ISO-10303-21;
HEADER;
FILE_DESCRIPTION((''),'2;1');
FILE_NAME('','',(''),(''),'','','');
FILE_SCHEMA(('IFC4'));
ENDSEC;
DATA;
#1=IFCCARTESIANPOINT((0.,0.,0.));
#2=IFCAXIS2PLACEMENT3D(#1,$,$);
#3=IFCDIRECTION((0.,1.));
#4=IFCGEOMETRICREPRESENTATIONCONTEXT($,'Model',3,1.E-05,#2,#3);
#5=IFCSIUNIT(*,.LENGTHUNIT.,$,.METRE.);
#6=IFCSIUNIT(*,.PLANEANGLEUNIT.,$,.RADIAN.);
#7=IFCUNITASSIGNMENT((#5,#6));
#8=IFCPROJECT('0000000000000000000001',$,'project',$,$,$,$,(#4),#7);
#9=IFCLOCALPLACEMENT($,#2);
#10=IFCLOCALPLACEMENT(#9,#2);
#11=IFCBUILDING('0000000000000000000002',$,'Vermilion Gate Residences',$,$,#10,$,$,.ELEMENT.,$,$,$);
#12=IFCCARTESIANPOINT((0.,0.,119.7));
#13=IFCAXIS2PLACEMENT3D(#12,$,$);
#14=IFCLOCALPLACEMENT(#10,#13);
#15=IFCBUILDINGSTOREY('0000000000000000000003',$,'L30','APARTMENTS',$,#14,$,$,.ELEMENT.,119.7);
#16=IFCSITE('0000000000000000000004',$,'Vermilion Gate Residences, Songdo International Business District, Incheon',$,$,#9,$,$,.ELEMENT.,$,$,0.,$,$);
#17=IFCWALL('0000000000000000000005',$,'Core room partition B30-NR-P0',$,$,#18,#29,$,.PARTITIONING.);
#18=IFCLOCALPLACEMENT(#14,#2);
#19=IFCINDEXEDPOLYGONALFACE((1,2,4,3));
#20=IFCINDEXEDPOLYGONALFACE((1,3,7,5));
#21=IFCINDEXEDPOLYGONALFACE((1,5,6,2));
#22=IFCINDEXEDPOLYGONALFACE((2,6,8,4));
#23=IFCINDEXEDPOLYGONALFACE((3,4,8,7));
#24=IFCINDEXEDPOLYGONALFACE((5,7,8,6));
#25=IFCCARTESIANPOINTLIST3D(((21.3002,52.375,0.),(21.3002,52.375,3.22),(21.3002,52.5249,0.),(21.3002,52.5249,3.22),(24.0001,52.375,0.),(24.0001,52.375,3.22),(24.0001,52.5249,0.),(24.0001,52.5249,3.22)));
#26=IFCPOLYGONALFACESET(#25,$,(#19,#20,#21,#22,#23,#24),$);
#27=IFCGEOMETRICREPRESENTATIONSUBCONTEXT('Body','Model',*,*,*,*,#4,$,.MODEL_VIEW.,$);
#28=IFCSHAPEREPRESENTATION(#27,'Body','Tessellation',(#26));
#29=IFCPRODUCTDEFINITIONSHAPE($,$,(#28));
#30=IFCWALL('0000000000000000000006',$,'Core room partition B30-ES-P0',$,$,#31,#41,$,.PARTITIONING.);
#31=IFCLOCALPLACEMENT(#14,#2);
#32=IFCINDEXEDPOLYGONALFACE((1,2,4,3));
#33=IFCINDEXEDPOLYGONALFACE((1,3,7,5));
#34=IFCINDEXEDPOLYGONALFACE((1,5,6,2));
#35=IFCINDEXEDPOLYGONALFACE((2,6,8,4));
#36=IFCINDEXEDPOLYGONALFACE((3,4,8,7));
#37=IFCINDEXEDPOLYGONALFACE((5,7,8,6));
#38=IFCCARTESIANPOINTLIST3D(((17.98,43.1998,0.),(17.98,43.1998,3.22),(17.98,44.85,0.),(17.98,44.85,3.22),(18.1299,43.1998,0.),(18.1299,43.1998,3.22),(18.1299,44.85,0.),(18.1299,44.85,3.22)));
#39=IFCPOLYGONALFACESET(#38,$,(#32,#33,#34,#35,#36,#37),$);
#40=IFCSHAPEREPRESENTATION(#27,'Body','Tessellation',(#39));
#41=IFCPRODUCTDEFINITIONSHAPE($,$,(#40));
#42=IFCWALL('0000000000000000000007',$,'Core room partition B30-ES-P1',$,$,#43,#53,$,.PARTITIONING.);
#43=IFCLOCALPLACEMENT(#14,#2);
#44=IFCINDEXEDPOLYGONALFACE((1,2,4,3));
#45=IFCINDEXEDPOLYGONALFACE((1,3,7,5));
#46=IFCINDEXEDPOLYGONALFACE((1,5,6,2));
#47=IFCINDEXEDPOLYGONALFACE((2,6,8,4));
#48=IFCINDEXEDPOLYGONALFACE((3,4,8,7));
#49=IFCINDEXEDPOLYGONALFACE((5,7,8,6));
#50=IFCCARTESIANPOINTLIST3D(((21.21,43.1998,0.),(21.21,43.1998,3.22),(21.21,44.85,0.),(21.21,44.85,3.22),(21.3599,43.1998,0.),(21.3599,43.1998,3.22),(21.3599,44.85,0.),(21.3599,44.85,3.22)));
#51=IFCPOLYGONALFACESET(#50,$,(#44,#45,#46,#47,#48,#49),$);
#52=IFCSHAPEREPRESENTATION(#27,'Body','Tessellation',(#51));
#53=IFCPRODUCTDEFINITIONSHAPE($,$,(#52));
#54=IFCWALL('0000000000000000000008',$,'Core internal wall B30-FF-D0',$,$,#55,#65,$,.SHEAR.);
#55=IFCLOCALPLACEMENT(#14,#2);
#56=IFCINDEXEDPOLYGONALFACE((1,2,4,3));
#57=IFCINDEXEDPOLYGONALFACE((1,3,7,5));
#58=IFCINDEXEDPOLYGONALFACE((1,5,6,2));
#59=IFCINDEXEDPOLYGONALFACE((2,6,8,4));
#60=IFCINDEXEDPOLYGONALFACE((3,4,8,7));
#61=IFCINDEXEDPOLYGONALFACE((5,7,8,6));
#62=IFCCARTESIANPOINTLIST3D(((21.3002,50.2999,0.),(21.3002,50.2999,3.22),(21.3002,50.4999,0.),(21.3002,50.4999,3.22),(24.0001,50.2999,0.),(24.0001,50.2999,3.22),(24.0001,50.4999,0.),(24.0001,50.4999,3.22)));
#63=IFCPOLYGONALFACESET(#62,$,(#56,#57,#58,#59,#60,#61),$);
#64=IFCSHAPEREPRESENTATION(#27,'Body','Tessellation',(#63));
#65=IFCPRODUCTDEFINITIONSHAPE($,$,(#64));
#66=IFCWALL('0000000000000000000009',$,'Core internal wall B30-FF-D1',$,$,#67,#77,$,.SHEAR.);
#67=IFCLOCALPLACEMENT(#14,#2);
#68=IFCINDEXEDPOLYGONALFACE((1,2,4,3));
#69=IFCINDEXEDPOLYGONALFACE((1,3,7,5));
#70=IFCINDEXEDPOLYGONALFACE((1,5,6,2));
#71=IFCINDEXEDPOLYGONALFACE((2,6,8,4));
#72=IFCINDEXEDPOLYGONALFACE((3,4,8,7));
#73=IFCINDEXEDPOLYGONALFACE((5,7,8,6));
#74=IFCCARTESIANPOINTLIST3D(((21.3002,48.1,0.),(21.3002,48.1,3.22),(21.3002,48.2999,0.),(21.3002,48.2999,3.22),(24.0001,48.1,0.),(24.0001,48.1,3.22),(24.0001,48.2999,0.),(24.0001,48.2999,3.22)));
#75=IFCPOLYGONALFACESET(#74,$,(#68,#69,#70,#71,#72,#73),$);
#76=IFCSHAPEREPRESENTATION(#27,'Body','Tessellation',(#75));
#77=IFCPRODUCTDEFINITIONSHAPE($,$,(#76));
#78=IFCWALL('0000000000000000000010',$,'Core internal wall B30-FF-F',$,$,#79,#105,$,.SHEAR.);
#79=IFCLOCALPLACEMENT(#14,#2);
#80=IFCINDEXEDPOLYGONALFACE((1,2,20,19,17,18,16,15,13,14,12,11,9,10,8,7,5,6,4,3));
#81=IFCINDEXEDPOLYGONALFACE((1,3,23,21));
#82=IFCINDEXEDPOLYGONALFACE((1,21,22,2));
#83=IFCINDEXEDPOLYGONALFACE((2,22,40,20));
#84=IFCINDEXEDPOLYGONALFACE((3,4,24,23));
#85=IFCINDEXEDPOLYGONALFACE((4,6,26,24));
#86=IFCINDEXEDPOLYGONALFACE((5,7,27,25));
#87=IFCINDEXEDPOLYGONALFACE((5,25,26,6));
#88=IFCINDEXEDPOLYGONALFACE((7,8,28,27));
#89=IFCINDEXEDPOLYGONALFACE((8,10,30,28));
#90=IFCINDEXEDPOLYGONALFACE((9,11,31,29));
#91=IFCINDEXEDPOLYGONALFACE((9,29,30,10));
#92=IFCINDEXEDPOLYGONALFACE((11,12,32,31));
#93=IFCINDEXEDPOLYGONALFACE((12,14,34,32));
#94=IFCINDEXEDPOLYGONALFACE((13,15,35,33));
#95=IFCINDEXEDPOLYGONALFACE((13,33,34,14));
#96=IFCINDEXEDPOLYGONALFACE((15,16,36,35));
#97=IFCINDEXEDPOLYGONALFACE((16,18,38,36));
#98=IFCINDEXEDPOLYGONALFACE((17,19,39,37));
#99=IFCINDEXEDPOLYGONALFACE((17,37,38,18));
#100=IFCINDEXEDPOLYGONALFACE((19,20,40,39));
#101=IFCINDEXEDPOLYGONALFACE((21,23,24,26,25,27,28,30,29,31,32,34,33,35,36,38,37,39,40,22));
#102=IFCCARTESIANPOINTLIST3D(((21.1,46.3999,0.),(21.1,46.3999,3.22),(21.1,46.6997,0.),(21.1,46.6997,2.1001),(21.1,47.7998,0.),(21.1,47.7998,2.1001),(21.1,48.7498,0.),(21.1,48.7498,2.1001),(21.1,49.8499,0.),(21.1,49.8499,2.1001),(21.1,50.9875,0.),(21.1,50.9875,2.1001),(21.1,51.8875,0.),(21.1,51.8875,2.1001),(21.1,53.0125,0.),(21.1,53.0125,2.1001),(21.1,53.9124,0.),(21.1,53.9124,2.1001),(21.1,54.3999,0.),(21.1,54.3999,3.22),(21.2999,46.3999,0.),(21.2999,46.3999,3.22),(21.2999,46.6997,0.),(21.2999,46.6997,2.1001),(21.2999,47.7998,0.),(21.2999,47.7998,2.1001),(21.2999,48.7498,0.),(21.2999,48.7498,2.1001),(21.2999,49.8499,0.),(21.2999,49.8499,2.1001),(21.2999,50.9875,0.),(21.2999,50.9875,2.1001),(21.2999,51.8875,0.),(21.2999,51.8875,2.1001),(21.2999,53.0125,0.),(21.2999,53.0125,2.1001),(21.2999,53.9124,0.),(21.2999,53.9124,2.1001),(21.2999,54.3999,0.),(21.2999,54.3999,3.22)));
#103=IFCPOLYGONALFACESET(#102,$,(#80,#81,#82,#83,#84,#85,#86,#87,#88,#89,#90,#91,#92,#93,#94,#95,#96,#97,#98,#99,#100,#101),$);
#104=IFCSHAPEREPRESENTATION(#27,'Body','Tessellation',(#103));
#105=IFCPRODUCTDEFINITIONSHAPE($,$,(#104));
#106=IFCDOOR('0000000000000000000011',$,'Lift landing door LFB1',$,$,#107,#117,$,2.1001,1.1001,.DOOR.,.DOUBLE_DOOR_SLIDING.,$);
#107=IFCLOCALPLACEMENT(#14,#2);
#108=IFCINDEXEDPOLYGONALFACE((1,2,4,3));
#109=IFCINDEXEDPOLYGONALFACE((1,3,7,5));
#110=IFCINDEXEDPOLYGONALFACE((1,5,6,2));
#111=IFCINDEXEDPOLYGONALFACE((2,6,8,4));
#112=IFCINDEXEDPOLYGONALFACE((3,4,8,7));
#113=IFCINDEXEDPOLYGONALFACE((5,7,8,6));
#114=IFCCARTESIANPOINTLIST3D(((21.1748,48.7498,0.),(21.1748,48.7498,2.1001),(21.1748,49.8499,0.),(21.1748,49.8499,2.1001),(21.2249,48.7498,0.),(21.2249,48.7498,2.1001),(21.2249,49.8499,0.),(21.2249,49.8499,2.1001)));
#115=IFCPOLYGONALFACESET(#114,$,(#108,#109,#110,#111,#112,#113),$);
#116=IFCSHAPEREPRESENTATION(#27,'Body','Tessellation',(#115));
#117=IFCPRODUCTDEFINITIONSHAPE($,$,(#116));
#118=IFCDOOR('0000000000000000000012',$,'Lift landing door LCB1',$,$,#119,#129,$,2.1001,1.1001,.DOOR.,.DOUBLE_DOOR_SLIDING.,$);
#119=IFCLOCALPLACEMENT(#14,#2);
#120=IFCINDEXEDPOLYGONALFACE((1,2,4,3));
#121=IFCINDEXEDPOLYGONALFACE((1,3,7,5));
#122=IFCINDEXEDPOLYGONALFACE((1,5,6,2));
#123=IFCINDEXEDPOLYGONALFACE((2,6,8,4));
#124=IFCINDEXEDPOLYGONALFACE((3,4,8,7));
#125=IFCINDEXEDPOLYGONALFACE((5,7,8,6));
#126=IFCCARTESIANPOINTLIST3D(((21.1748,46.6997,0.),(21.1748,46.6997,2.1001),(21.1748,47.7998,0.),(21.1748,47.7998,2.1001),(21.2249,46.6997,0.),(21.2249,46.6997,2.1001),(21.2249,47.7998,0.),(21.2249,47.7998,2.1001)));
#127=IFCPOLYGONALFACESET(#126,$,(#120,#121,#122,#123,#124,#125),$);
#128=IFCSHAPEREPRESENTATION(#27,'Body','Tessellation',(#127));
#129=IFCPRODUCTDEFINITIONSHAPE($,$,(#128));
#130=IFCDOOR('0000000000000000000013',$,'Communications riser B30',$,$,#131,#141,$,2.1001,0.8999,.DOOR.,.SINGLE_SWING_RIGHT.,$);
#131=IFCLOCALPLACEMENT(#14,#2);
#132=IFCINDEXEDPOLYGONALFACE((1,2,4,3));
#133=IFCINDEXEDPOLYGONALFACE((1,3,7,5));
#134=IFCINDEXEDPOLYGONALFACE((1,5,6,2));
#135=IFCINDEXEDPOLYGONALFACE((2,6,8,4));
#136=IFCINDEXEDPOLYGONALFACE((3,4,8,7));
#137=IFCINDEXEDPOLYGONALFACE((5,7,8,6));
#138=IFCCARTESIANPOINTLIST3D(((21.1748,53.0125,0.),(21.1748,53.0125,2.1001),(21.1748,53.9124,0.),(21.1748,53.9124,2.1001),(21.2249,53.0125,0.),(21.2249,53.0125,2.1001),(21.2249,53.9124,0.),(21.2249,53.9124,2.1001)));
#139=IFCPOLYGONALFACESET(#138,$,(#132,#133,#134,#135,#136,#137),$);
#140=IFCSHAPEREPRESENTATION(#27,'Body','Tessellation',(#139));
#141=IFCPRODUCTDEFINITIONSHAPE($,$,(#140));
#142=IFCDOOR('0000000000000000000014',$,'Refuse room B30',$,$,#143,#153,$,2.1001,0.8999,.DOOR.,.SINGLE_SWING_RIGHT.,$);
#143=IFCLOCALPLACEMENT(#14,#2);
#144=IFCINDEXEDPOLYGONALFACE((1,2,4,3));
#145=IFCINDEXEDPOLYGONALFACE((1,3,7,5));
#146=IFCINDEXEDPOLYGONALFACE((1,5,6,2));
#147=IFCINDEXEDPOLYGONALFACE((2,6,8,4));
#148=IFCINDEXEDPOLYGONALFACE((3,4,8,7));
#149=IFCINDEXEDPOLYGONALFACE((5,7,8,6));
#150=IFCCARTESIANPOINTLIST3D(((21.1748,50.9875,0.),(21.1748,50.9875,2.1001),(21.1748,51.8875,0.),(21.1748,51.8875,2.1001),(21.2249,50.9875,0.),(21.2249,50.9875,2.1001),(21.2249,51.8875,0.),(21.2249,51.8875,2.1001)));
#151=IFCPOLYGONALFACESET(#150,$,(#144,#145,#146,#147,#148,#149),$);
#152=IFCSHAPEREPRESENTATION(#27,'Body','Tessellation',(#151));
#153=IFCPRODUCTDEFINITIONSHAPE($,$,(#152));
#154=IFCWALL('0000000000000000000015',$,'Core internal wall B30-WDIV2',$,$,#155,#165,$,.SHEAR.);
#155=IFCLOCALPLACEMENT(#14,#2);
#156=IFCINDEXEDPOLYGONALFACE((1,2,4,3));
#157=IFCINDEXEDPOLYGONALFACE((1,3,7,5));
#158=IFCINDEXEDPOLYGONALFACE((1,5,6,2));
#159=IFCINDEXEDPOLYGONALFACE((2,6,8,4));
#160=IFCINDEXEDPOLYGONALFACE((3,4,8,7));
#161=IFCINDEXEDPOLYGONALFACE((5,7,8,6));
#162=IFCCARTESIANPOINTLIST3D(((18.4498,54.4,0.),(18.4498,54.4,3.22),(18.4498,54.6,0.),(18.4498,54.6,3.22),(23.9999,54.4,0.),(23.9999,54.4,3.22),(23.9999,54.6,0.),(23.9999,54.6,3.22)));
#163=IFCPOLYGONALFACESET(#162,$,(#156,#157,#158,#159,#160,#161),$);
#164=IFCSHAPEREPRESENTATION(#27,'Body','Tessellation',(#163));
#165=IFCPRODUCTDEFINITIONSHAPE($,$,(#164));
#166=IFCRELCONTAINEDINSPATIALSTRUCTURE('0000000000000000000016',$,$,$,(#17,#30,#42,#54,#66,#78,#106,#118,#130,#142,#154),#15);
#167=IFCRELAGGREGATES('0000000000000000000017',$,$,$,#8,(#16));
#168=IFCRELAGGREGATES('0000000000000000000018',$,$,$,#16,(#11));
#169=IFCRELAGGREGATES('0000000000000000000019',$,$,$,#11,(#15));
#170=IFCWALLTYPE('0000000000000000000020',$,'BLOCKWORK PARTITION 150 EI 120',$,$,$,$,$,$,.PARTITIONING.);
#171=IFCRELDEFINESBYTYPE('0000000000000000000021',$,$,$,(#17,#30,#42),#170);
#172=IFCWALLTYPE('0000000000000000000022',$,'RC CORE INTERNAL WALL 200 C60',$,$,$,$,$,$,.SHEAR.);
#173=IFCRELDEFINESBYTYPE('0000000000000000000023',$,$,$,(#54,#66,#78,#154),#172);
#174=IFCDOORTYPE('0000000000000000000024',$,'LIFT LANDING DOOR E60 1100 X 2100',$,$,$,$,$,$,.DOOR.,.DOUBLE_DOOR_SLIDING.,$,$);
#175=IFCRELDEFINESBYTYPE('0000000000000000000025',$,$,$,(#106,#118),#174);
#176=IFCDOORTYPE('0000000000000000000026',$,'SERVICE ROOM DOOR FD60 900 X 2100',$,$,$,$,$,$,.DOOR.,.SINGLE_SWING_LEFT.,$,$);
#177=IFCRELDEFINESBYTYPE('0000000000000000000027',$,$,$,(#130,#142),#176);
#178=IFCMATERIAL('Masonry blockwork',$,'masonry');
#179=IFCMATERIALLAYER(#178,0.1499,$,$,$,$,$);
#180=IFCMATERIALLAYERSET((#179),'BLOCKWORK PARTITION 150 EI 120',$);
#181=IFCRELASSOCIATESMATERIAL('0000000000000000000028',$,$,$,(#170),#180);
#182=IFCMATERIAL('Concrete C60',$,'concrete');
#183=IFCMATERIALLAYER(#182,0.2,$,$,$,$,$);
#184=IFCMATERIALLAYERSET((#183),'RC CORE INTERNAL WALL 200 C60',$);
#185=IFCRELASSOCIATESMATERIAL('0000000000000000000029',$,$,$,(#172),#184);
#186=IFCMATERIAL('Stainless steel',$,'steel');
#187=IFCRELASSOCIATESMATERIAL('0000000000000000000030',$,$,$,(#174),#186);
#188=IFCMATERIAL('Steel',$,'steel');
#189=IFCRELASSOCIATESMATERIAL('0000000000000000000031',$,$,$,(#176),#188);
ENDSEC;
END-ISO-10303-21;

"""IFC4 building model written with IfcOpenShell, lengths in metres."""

from ifc_helpers import new_model, si_unit, direction, frame, frame_2d, origin, place, context, subcontext, project, spatial, rectangle, extrude, material, layer, layer_set, type_object, element, fill, save


model = new_model("IFC4")

# Units and contexts
model_context = context("Model", 3, precision=1e-05, world=origin(), true_north=direction((0.0, 1.0)))
body_context = subcontext(model_context, "Body", "Model", "MODEL_VIEW")
ifc_project = project(units=[si_unit("LENGTHUNIT", "METRE"), si_unit("PLANEANGLEUNIT", "RADIAN")], contexts=[model_context])

# Site, building, storey
site_placement = place(None, origin())
site = spatial("IfcSite", under=ifc_project, at=site_placement, Name="Vermilion Gate Residences, Songdo International Business District, Incheon", CompositionType="ELEMENT", RefElevation=0.0)
building_placement = place(site_placement, origin())
building = spatial("IfcBuilding", under=site, at=building_placement, Name="Vermilion Gate Residences", CompositionType="ELEMENT")
storey_placement = place(building_placement, frame((0.0, 0.0, 119.7)))
storey = spatial("IfcBuildingStorey", under=building, at=storey_placement, Name="L30", Description="APARTMENTS", CompositionType="ELEMENT", Elevation=119.7)

# Walls
ifc_material_1 = material(Name="Masonry blockwork", Category="masonry")
ifc_layer_1 = layer(ifc_material_1, 0.1499)
ifc_layer_set_1 = layer_set([ifc_layer_1], Name="BLOCKWORK PARTITION 150 EI 120")
wall_type_1 = type_object("IfcWallType", Name="BLOCKWORK PARTITION 150 EI 120", PredefinedType="PARTITIONING", material=ifc_layer_set_1)
wall_1_placement = place(storey_placement, frame((21.3, 52.45, 0.0), z_axis=(0.0, 0.0, 1.0), x_axis=(1.0, 0.0, 0.0)))
element("IfcWall", 1, at=wall_1_placement, inside=storey, type_object=wall_type_1, Name="Core room partition B30-NR-P0", PredefinedType="PARTITIONING", context=body_context, shape_type="SweptSolid", body=[
    extrude(rectangle(XDim=2.7, YDim=0.1499, at=frame_2d((1.3501, 0.0))), origin(), (0.0, 0.0, 1.0), 3.22),
])
for number, where, z_axis, x_axis, name in (
    (2, (18.0549, 44.8501, 0.0), (0.0, 0.0, 1.0), (0.0, -1.0, 0.0), "Core room partition B30-ES-P0"),
    (3, (21.2849, 44.8501, 0.0), (0.0, 0.0, 1.0), (0.0, -1.0, 0.0), "Core room partition B30-ES-P1"),
):
    element("IfcWall", number, at=place(storey_placement, frame(where, z_axis=z_axis, x_axis=x_axis)), inside=storey, type_object=wall_type_1, Name=name, PredefinedType="PARTITIONING", context=body_context, shape_type="SweptSolid", body=[
        extrude(rectangle(XDim=1.6501, YDim=0.1499, at=frame_2d((0.8252, 0.0))), origin(), (0.0, 0.0, 1.0), 3.22),
    ])
ifc_material_2 = material(Name="Concrete C60", Category="concrete")
ifc_layer_2 = layer(ifc_material_2, 0.2)
ifc_layer_set_2 = layer_set([ifc_layer_2], Name="RC CORE INTERNAL WALL 200 C60")
wall_type_2 = type_object("IfcWallType", Name="RC CORE INTERNAL WALL 200 C60", PredefinedType="SHEAR", material=ifc_layer_set_2)
for number, where, z_axis, x_axis, name in (
    (4, (21.3, 50.3999, 0.0), (0.0, 0.0, 1.0), (1.0, 0.0, 0.0), "Core internal wall B30-FF-D0"),
    (5, (21.3, 48.2, 0.0), (0.0, 0.0, 1.0), (1.0, 0.0, 0.0), "Core internal wall B30-FF-D1"),
):
    element("IfcWall", number, at=place(storey_placement, frame(where, z_axis=z_axis, x_axis=x_axis)), inside=storey, type_object=wall_type_2, Name=name, PredefinedType="SHEAR", context=body_context, shape_type="SweptSolid", body=[
        extrude(rectangle(XDim=2.7, YDim=0.2, at=frame_2d((1.3501, 0.0))), origin(), (0.0, 0.0, 1.0), 3.22),
    ])

# Wall, openings, doors
wall_2_placement = place(storey_placement, frame((21.2, 54.3999, 0.0), z_axis=(0.0, 0.0, 1.0), x_axis=(0.0, -1.0, 0.0)))
wall_2 = element("IfcWall", 6, at=wall_2_placement, inside=storey, type_object=wall_type_2, Name="Core internal wall B30-FF-F", PredefinedType="SHEAR", context=body_context, shape_type="SweptSolid", body=[
    extrude(rectangle(XDim=8.0, YDim=0.2, at=frame_2d((4.0, 0.0))), origin(), (0.0, 0.0, 1.0), 3.22),
])
opening_1_placement = place(wall_2_placement, frame((0.4875, 0.0, 0.0)))
opening_1 = element("IfcOpeningElement", 7, at=opening_1_placement, cuts=wall_2, PredefinedType="OPENING", context=body_context, shape_type="SweptSolid", body=[
    extrude(rectangle(XDim=0.8999, YDim=2.1001, at=frame_2d((0.45, 1.05))), frame((0.0, 0.1099, 0.0), z_axis=(0.0, -1.0, 0.0), x_axis=(1.0, 0.0, 0.0)), (0.0, 0.0, 1.0), 0.22),
])
opening_2_placement = place(wall_2_placement, frame((2.5125, 0.0, 0.0)))
opening_2 = element("IfcOpeningElement", 8, at=opening_2_placement, cuts=wall_2, PredefinedType="OPENING", context=body_context, shape_type="SweptSolid", body=[
    extrude(rectangle(XDim=0.8999, YDim=2.1001, at=frame_2d((0.45, 1.05))), frame((0.0, 0.1099, 0.0), z_axis=(0.0, -1.0, 0.0), x_axis=(1.0, 0.0, 0.0)), (0.0, 0.0, 1.0), 0.22),
])
opening_3_placement = place(wall_2_placement, frame((4.55, 0.0, 0.0)))
opening_3 = element("IfcOpeningElement", 9, at=opening_3_placement, cuts=wall_2, PredefinedType="OPENING", context=body_context, shape_type="SweptSolid", body=[
    extrude(rectangle(XDim=1.1001, YDim=2.1001, at=frame_2d((0.55, 1.05))), frame((0.0, 0.1099, 0.0), z_axis=(0.0, -1.0, 0.0), x_axis=(1.0, 0.0, 0.0)), (0.0, 0.0, 1.0), 0.22),
])
opening_4_placement = place(wall_2_placement, frame((6.6001, 0.0, 0.0)))
opening_4 = element("IfcOpeningElement", 10, at=opening_4_placement, cuts=wall_2, PredefinedType="OPENING", context=body_context, shape_type="SweptSolid", body=[
    extrude(rectangle(XDim=1.1001, YDim=2.1001, at=frame_2d((0.55, 1.05))), frame((0.0, 0.1099, 0.0), z_axis=(0.0, -1.0, 0.0), x_axis=(1.0, 0.0, 0.0)), (0.0, 0.0, 1.0), 0.22),
])
ifc_material_3 = material(Name="Stainless steel", Category="steel")
door_type_1 = type_object("IfcDoorType", Name="LIFT LANDING DOOR E60 1100 X 2100", OperationType="DOUBLE_DOOR_SLIDING", PredefinedType="DOOR", material=ifc_material_3)
door_1_placement = place(opening_3_placement, origin())
door_1 = element("IfcDoor", 11, at=door_1_placement, inside=storey, type_object=door_type_1, Name="Lift landing door LFB1", OperationType="DOUBLE_DOOR_SLIDING", OverallHeight=2.1001, OverallWidth=1.1001, PredefinedType="DOOR", context=body_context, shape_type="SweptSolid", body=[
    extrude(rectangle(XDim=1.1001, YDim=2.1001, at=frame_2d((0.55, 1.05))), frame((0.0, 0.0249, 0.0), z_axis=(0.0, -1.0, 0.0), x_axis=(1.0, 0.0, 0.0)), (0.0, 0.0, 1.0), 0.05),
])
fill(opening_3, door_1)
door_2_placement = place(opening_4_placement, origin())
door_2 = element("IfcDoor", 12, at=door_2_placement, inside=storey, type_object=door_type_1, Name="Lift landing door LCB1", OperationType="DOUBLE_DOOR_SLIDING", OverallHeight=2.1001, OverallWidth=1.1001, PredefinedType="DOOR", context=body_context, shape_type="SweptSolid", body=[
    extrude(rectangle(XDim=1.1001, YDim=2.1001, at=frame_2d((0.55, 1.05))), frame((0.0, 0.0249, 0.0), z_axis=(0.0, -1.0, 0.0), x_axis=(1.0, 0.0, 0.0)), (0.0, 0.0, 1.0), 0.05),
])
fill(opening_4, door_2)
ifc_material_4 = material(Name="Steel", Category="steel")
door_type_2 = type_object("IfcDoorType", Name="SERVICE ROOM DOOR FD60 900 X 2100", OperationType="SINGLE_SWING_LEFT", PredefinedType="DOOR", material=ifc_material_4)
door_3_placement = place(opening_1_placement, origin())
door_3 = element("IfcDoor", 13, at=door_3_placement, inside=storey, type_object=door_type_2, Name="Communications riser B30", OperationType="SINGLE_SWING_RIGHT", OverallHeight=2.1001, OverallWidth=0.8999, PredefinedType="DOOR", context=body_context, shape_type="SweptSolid", body=[
    extrude(rectangle(XDim=0.8999, YDim=2.1001, at=frame_2d((0.45, 1.05))), frame((0.0, 0.0249, 0.0), z_axis=(0.0, -1.0, 0.0), x_axis=(1.0, 0.0, 0.0)), (0.0, 0.0, 1.0), 0.05),
])
fill(opening_1, door_3)
door_4_placement = place(opening_2_placement, origin())
door_4 = element("IfcDoor", 14, at=door_4_placement, inside=storey, type_object=door_type_2, Name="Refuse room B30", OperationType="SINGLE_SWING_RIGHT", OverallHeight=2.1001, OverallWidth=0.8999, PredefinedType="DOOR", context=body_context, shape_type="SweptSolid", body=[
    extrude(rectangle(XDim=0.8999, YDim=2.1001, at=frame_2d((0.45, 1.05))), frame((0.0, 0.0249, 0.0), z_axis=(0.0, -1.0, 0.0), x_axis=(1.0, 0.0, 0.0)), (0.0, 0.0, 1.0), 0.05),
])
fill(opening_2, door_4)

# Wall
wall_3_placement = place(storey_placement, frame((18.45, 54.5, 0.0), z_axis=(0.0, 0.0, 1.0), x_axis=(1.0, 0.0, 0.0)))
element("IfcWall", 15, at=wall_3_placement, inside=storey, type_object=wall_type_2, Name="Core internal wall B30-WDIV2", PredefinedType="SHEAR", context=body_context, shape_type="SweptSolid", body=[
    extrude(rectangle(XDim=5.55, YDim=0.2, at=frame_2d((2.7749, 0.0))), origin(), (0.0, 0.0, 1.0), 3.22),
])

save(model, "model.ifc")
